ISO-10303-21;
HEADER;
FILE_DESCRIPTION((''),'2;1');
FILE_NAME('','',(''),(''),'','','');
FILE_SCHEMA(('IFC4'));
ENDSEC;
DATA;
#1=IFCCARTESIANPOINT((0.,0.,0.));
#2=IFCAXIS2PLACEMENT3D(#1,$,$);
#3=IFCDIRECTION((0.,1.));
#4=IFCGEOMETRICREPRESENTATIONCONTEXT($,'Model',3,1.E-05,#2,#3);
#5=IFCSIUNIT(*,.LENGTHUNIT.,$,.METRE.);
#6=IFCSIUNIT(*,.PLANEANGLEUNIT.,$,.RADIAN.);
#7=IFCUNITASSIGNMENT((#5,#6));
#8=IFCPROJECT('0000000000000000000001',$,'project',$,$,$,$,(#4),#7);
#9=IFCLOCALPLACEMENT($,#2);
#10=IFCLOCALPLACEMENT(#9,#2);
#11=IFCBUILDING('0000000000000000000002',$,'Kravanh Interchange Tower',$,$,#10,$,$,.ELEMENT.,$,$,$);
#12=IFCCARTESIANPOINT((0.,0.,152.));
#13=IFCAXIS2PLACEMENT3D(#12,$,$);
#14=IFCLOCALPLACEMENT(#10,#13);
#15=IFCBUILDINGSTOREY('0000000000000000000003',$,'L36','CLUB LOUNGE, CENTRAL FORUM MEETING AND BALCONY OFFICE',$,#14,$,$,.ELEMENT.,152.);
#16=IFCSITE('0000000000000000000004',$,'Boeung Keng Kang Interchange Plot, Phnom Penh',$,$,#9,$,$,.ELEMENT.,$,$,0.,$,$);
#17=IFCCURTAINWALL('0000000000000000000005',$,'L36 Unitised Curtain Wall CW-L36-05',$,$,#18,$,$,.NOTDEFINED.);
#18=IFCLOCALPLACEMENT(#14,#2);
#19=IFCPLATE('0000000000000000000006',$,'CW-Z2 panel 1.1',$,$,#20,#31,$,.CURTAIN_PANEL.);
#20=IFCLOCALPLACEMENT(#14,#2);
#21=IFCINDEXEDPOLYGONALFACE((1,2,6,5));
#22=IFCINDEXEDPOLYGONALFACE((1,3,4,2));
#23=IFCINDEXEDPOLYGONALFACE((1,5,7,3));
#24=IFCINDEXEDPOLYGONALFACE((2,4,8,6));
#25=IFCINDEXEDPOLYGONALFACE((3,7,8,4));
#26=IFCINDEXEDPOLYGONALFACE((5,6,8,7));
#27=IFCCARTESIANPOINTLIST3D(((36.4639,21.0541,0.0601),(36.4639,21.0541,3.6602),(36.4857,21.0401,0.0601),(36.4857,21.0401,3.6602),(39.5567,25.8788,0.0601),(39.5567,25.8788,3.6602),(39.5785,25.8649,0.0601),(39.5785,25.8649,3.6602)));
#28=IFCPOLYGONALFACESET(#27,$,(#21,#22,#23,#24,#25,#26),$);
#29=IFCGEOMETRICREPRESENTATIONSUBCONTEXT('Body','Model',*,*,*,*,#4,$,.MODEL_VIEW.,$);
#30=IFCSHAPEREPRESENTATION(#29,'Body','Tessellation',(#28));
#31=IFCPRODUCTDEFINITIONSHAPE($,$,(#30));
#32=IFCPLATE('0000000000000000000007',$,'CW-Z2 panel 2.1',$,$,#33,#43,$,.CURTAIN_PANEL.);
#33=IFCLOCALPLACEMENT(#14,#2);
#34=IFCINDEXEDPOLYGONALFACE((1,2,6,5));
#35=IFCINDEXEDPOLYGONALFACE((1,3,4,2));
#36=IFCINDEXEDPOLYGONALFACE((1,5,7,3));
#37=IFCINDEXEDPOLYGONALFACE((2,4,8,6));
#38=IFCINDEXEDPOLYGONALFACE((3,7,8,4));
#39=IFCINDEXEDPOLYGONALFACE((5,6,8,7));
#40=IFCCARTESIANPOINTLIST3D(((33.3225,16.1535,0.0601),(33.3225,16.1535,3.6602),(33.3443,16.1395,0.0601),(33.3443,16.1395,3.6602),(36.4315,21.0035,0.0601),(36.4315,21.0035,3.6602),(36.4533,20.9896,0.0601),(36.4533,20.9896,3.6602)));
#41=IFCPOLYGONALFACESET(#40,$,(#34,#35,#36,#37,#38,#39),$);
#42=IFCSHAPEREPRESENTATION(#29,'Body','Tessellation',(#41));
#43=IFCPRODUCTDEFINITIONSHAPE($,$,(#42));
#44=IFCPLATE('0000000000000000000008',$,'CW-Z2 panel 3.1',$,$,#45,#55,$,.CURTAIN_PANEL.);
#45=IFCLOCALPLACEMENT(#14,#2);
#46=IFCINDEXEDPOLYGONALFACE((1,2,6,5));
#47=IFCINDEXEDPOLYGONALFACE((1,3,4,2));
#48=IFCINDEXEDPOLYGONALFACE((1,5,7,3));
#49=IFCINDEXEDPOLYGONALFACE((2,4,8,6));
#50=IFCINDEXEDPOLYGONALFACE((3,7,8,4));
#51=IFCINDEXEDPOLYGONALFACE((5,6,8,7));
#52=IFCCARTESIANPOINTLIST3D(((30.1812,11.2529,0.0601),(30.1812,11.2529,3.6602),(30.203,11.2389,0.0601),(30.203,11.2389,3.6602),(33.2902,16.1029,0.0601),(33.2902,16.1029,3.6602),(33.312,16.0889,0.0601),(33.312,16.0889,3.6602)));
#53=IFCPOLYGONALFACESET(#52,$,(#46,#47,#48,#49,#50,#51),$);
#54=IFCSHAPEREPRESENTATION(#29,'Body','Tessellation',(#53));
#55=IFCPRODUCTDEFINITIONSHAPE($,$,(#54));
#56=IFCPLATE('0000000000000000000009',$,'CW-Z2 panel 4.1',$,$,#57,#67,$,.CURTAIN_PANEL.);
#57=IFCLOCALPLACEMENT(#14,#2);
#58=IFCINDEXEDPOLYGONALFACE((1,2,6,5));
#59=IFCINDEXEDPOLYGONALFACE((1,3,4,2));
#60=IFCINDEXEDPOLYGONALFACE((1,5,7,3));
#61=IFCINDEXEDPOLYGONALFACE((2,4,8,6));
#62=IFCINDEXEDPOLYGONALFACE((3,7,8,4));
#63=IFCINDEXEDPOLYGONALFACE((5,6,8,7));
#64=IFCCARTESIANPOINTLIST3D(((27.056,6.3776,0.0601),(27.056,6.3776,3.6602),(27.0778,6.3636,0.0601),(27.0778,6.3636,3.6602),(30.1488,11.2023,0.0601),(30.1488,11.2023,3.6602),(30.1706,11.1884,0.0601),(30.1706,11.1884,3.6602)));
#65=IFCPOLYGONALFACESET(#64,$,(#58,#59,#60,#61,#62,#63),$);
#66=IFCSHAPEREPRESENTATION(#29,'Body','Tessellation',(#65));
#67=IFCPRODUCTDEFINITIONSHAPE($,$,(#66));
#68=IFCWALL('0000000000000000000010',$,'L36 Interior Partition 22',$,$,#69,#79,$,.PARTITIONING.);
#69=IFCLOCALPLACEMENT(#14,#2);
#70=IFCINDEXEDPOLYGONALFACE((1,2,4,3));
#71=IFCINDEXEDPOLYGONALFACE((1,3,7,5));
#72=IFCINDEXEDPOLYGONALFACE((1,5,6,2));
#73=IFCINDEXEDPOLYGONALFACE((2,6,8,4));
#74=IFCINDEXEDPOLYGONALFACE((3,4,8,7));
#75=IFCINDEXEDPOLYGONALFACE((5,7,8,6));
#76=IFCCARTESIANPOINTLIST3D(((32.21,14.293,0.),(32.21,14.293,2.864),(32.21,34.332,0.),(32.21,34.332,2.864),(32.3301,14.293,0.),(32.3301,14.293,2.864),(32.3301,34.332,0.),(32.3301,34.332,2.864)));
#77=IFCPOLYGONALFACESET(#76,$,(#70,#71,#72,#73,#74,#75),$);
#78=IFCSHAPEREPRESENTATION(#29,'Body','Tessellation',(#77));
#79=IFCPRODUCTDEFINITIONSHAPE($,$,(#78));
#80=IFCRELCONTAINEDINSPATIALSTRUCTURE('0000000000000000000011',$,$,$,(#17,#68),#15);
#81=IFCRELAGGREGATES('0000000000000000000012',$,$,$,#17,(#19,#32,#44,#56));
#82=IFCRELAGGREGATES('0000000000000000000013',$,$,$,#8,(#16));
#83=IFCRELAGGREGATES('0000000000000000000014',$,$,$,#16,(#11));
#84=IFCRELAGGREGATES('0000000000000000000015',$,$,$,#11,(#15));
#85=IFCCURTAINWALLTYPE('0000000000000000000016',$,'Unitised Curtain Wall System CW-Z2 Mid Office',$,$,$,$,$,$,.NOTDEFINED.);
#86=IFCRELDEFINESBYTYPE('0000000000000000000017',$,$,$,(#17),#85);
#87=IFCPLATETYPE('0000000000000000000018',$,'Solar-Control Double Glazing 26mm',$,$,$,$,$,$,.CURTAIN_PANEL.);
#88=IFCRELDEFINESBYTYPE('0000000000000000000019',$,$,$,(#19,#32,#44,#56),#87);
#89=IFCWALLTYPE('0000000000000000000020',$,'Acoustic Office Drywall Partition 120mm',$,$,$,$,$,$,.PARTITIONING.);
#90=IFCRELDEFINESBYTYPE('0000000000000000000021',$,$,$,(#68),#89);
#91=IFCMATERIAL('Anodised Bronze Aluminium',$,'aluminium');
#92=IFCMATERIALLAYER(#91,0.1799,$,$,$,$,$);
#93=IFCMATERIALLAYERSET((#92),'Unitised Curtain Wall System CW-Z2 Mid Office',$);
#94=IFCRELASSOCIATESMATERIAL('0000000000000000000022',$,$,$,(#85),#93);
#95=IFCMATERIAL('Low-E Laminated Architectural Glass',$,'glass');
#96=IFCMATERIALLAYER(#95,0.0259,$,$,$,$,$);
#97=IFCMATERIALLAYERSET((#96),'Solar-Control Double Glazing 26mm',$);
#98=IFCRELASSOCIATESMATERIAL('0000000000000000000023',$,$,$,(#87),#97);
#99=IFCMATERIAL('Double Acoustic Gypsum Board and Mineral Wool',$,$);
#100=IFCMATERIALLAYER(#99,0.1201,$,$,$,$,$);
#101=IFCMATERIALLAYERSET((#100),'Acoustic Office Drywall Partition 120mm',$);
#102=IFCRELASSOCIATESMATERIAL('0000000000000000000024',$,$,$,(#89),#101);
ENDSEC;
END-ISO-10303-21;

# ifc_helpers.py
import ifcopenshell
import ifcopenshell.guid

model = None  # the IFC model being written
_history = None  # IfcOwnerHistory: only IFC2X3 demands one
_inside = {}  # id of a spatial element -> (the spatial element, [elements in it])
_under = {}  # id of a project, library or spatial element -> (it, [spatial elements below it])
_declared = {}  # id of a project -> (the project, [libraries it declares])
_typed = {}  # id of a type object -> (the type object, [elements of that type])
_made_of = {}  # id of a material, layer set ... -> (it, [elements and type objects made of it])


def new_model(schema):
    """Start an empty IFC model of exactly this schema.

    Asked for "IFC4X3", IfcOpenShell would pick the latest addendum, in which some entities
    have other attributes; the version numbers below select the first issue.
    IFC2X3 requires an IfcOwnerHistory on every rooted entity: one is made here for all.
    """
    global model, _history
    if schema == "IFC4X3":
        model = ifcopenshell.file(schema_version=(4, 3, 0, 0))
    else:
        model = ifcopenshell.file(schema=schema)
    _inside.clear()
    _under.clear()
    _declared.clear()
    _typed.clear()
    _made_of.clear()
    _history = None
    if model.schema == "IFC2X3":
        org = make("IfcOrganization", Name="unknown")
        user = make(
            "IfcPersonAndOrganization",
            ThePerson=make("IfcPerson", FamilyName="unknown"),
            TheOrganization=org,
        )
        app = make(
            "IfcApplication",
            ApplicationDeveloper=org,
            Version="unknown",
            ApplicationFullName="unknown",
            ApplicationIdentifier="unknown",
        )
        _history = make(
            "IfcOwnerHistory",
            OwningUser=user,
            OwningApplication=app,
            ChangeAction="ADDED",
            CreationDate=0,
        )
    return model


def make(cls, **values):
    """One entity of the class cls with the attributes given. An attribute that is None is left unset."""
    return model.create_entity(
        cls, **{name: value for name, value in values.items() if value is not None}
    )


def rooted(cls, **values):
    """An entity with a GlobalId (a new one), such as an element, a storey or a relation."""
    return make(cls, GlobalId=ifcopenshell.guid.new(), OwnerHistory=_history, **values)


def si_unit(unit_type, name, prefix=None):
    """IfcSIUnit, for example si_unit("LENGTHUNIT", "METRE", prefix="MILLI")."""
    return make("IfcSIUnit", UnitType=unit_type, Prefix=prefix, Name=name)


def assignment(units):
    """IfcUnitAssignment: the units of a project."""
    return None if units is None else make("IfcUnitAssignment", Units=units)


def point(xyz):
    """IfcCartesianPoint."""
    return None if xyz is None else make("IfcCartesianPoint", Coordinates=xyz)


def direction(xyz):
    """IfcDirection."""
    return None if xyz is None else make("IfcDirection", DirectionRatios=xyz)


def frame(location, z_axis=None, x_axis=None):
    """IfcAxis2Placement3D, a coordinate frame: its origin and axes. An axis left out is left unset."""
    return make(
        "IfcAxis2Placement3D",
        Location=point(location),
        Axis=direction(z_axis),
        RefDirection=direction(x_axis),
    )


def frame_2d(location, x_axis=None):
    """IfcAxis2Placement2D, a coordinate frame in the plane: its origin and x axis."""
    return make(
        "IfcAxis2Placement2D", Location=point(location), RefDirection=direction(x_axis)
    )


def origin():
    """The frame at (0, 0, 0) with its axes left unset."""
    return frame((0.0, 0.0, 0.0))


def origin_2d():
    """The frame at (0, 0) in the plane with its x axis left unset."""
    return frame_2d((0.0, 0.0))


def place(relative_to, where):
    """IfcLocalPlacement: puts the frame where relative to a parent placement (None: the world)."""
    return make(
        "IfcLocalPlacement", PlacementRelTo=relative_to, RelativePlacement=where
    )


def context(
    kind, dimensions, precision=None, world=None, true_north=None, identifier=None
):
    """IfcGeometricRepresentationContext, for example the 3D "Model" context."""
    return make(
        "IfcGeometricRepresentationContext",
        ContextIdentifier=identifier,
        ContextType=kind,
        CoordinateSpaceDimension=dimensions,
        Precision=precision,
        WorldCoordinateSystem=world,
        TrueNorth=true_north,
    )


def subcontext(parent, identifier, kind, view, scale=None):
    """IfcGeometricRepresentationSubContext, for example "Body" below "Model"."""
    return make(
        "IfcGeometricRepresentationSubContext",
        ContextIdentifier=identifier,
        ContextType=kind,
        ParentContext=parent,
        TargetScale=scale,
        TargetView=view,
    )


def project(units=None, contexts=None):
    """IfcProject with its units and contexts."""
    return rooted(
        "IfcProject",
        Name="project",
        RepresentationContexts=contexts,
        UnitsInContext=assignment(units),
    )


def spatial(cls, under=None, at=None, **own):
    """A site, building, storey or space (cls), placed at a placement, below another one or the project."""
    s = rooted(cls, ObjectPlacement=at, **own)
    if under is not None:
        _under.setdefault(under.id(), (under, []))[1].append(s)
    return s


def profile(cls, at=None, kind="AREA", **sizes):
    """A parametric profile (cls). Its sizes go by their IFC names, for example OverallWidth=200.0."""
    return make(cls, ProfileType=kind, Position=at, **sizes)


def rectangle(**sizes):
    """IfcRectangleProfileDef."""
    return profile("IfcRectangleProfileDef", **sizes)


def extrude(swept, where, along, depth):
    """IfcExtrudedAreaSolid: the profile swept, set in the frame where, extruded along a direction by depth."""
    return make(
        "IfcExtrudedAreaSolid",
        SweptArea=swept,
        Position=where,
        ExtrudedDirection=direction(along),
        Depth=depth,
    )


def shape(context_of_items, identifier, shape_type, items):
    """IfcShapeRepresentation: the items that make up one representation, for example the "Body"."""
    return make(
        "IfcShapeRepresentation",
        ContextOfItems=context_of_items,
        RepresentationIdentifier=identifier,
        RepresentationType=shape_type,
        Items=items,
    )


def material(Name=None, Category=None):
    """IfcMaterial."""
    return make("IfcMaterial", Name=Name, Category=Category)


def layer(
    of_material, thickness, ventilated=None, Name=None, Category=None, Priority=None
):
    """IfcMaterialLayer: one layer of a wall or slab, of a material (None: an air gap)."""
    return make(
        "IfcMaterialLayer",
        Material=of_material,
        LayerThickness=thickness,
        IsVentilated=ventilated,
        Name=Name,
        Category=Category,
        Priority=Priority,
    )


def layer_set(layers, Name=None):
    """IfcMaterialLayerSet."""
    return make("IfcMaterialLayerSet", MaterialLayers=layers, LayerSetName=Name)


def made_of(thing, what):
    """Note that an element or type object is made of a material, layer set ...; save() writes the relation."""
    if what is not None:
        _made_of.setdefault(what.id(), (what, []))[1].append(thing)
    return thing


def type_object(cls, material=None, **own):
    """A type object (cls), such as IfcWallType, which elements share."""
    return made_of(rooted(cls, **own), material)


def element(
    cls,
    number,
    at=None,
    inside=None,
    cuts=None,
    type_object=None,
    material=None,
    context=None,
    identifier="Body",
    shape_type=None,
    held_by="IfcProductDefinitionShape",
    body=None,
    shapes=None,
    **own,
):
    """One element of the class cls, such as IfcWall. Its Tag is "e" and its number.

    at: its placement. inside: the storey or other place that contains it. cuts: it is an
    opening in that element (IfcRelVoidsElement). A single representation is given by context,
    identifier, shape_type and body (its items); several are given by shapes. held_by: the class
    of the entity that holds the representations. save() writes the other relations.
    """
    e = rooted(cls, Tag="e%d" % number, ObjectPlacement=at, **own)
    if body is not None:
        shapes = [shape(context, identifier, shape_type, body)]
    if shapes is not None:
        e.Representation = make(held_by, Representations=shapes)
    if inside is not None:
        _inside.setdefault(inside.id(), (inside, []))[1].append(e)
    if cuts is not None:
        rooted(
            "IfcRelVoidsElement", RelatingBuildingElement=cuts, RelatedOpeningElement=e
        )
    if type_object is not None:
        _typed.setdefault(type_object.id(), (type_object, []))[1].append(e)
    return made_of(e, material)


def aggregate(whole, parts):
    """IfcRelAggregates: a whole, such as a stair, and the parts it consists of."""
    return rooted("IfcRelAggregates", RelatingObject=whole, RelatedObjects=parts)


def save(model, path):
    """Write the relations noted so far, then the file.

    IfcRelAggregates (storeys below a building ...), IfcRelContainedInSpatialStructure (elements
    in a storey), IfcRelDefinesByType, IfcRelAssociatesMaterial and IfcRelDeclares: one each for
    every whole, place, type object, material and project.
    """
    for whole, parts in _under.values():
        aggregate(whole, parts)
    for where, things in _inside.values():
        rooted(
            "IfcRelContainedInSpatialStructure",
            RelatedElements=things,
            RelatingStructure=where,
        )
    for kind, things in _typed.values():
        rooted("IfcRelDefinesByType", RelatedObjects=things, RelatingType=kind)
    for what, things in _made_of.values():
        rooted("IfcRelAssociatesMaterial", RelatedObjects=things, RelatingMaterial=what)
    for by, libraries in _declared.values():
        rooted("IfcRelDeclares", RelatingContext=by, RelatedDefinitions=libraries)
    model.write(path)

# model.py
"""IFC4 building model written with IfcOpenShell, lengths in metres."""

from ifc_helpers import new_model, si_unit, direction, frame, frame_2d, origin, origin_2d, place, context, subcontext, project, spatial, rectangle, extrude, material, layer, layer_set, type_object, element, aggregate, save


model = new_model("IFC4")

# Units and contexts
model_context = context("Model", 3, precision=1e-05, world=origin(), true_north=direction((0.0, 1.0)))
body_context = subcontext(model_context, "Body", "Model", "MODEL_VIEW")
ifc_project = project(units=[si_unit("LENGTHUNIT", "METRE"), si_unit("PLANEANGLEUNIT", "RADIAN")], contexts=[model_context])

# Site, building, storey
site_placement = place(None, origin())
site = spatial("IfcSite", under=ifc_project, at=site_placement, Name="Boeung Keng Kang Interchange Plot, Phnom Penh", CompositionType="ELEMENT", RefElevation=0.0)
building_placement = place(site_placement, origin())
building = spatial("IfcBuilding", under=site, at=building_placement, Name="Kravanh Interchange Tower", CompositionType="ELEMENT")
storey_placement = place(building_placement, frame((0.0, 0.0, 152.0)))
storey = spatial("IfcBuildingStorey", under=building, at=storey_placement, Name="L36", Description="CLUB LOUNGE, CENTRAL FORUM MEETING AND BALCONY OFFICE", CompositionType="ELEMENT", Elevation=152.0)

# Curtain wall
ifc_material_1 = material(Name="Anodised Bronze Aluminium", Category="aluminium")
ifc_layer_1 = layer(ifc_material_1, 0.1799)
ifc_layer_set_1 = layer_set([ifc_layer_1], Name="Unitised Curtain Wall System CW-Z2 Mid Office")
curtain_wall_type = type_object("IfcCurtainWallType", Name="Unitised Curtain Wall System CW-Z2 Mid Office", PredefinedType="NOTDEFINED", material=ifc_layer_set_1)
curtain_wall_1_placement = place(storey_placement, origin())
curtain_wall_1 = element("IfcCurtainWall", 1, at=curtain_wall_1_placement, inside=storey, type_object=curtain_wall_type, Name="L36 Unitised Curtain Wall CW-L36-05", PredefinedType="NOTDEFINED")

# Plates
ifc_material_2 = material(Name="Low-E Laminated Architectural Glass", Category="glass")
ifc_layer_2 = layer(ifc_material_2, 0.0259)
ifc_layer_set_2 = layer_set([ifc_layer_2], Name="Solar-Control Double Glazing 26mm")
plate_type = type_object("IfcPlateType", Name="Solar-Control Double Glazing 26mm", PredefinedType="CURTAIN_PANEL", material=ifc_layer_set_2)
plate_1_placement = place(storey_placement, frame((38.0212, 23.4595, 0.0601), z_axis=(0.0, 0.0, 1.0), x_axis=(-0.539665, -0.84188, 0.0)))
plate_1 = element("IfcPlate", 2, at=plate_1_placement, type_object=plate_type, Name="CW-Z2 panel 1.1", PredefinedType="CURTAIN_PANEL", context=body_context, shape_type="SweptSolid", body=[
    extrude(rectangle(XDim=5.731, YDim=0.0259, at=origin_2d()), origin(), (0.0, 0.0, 1.0), 3.6001),
])
plate_2_placement = place(storey_placement, frame((34.8879, 18.5715, 0.0601), z_axis=(0.0, 0.0, 1.0), x_axis=(-0.539665, -0.84188, 0.0)))
plate_2 = element("IfcPlate", 3, at=plate_2_placement, type_object=plate_type, Name="CW-Z2 panel 2.1", PredefinedType="CURTAIN_PANEL", context=body_context, shape_type="SweptSolid", body=[
    extrude(rectangle(XDim=5.761, YDim=0.0259, at=origin_2d()), origin(), (0.0, 0.0, 1.0), 3.6001),
])
plate_3_placement = place(storey_placement, frame((31.7466, 13.6709, 0.0601), z_axis=(0.0, 0.0, 1.0), x_axis=(-0.539665, -0.84188, 0.0)))
plate_3 = element("IfcPlate", 4, at=plate_3_placement, type_object=plate_type, Name="CW-Z2 panel 3.1", PredefinedType="CURTAIN_PANEL", context=body_context, shape_type="SweptSolid", body=[
    extrude(rectangle(XDim=5.761, YDim=0.0259, at=origin_2d()), origin(), (0.0, 0.0, 1.0), 3.6001),
])
plate_4_placement = place(storey_placement, frame((28.6133, 8.783, 0.0601), z_axis=(0.0, 0.0, 1.0), x_axis=(-0.539665, -0.84188, 0.0)))
plate_4 = element("IfcPlate", 5, at=plate_4_placement, type_object=plate_type, Name="CW-Z2 panel 4.1", PredefinedType="CURTAIN_PANEL", context=body_context, shape_type="SweptSolid", body=[
    extrude(rectangle(XDim=5.731, YDim=0.0259, at=origin_2d()), origin(), (0.0, 0.0, 1.0), 3.6001),
])
aggregate(curtain_wall_1, [plate_1, plate_2, plate_3, plate_4])

# Wall
ifc_material_3 = material(Name="Double Acoustic Gypsum Board and Mineral Wool")
ifc_layer_3 = layer(ifc_material_3, 0.1201)
ifc_layer_set_3 = layer_set([ifc_layer_3], Name="Acoustic Office Drywall Partition 120mm")
wall_type = type_object("IfcWallType", Name="Acoustic Office Drywall Partition 120mm", PredefinedType="PARTITIONING", material=ifc_layer_set_3)
wall_placement = place(storey_placement, frame((32.27, 14.293, 0.0), z_axis=(0.0, 0.0, 1.0), x_axis=(0.0, 1.0, 0.0)))
element("IfcWall", 6, at=wall_placement, inside=storey, type_object=wall_type, Name="L36 Interior Partition 22", PredefinedType="PARTITIONING", context=body_context, shape_type="SweptSolid", body=[
    extrude(rectangle(XDim=20.0391, YDim=0.1201, at=frame_2d((10.0195, 0.0))), origin(), (0.0, 0.0, 1.0), 2.864),
])

save(model, "model.ifc")
